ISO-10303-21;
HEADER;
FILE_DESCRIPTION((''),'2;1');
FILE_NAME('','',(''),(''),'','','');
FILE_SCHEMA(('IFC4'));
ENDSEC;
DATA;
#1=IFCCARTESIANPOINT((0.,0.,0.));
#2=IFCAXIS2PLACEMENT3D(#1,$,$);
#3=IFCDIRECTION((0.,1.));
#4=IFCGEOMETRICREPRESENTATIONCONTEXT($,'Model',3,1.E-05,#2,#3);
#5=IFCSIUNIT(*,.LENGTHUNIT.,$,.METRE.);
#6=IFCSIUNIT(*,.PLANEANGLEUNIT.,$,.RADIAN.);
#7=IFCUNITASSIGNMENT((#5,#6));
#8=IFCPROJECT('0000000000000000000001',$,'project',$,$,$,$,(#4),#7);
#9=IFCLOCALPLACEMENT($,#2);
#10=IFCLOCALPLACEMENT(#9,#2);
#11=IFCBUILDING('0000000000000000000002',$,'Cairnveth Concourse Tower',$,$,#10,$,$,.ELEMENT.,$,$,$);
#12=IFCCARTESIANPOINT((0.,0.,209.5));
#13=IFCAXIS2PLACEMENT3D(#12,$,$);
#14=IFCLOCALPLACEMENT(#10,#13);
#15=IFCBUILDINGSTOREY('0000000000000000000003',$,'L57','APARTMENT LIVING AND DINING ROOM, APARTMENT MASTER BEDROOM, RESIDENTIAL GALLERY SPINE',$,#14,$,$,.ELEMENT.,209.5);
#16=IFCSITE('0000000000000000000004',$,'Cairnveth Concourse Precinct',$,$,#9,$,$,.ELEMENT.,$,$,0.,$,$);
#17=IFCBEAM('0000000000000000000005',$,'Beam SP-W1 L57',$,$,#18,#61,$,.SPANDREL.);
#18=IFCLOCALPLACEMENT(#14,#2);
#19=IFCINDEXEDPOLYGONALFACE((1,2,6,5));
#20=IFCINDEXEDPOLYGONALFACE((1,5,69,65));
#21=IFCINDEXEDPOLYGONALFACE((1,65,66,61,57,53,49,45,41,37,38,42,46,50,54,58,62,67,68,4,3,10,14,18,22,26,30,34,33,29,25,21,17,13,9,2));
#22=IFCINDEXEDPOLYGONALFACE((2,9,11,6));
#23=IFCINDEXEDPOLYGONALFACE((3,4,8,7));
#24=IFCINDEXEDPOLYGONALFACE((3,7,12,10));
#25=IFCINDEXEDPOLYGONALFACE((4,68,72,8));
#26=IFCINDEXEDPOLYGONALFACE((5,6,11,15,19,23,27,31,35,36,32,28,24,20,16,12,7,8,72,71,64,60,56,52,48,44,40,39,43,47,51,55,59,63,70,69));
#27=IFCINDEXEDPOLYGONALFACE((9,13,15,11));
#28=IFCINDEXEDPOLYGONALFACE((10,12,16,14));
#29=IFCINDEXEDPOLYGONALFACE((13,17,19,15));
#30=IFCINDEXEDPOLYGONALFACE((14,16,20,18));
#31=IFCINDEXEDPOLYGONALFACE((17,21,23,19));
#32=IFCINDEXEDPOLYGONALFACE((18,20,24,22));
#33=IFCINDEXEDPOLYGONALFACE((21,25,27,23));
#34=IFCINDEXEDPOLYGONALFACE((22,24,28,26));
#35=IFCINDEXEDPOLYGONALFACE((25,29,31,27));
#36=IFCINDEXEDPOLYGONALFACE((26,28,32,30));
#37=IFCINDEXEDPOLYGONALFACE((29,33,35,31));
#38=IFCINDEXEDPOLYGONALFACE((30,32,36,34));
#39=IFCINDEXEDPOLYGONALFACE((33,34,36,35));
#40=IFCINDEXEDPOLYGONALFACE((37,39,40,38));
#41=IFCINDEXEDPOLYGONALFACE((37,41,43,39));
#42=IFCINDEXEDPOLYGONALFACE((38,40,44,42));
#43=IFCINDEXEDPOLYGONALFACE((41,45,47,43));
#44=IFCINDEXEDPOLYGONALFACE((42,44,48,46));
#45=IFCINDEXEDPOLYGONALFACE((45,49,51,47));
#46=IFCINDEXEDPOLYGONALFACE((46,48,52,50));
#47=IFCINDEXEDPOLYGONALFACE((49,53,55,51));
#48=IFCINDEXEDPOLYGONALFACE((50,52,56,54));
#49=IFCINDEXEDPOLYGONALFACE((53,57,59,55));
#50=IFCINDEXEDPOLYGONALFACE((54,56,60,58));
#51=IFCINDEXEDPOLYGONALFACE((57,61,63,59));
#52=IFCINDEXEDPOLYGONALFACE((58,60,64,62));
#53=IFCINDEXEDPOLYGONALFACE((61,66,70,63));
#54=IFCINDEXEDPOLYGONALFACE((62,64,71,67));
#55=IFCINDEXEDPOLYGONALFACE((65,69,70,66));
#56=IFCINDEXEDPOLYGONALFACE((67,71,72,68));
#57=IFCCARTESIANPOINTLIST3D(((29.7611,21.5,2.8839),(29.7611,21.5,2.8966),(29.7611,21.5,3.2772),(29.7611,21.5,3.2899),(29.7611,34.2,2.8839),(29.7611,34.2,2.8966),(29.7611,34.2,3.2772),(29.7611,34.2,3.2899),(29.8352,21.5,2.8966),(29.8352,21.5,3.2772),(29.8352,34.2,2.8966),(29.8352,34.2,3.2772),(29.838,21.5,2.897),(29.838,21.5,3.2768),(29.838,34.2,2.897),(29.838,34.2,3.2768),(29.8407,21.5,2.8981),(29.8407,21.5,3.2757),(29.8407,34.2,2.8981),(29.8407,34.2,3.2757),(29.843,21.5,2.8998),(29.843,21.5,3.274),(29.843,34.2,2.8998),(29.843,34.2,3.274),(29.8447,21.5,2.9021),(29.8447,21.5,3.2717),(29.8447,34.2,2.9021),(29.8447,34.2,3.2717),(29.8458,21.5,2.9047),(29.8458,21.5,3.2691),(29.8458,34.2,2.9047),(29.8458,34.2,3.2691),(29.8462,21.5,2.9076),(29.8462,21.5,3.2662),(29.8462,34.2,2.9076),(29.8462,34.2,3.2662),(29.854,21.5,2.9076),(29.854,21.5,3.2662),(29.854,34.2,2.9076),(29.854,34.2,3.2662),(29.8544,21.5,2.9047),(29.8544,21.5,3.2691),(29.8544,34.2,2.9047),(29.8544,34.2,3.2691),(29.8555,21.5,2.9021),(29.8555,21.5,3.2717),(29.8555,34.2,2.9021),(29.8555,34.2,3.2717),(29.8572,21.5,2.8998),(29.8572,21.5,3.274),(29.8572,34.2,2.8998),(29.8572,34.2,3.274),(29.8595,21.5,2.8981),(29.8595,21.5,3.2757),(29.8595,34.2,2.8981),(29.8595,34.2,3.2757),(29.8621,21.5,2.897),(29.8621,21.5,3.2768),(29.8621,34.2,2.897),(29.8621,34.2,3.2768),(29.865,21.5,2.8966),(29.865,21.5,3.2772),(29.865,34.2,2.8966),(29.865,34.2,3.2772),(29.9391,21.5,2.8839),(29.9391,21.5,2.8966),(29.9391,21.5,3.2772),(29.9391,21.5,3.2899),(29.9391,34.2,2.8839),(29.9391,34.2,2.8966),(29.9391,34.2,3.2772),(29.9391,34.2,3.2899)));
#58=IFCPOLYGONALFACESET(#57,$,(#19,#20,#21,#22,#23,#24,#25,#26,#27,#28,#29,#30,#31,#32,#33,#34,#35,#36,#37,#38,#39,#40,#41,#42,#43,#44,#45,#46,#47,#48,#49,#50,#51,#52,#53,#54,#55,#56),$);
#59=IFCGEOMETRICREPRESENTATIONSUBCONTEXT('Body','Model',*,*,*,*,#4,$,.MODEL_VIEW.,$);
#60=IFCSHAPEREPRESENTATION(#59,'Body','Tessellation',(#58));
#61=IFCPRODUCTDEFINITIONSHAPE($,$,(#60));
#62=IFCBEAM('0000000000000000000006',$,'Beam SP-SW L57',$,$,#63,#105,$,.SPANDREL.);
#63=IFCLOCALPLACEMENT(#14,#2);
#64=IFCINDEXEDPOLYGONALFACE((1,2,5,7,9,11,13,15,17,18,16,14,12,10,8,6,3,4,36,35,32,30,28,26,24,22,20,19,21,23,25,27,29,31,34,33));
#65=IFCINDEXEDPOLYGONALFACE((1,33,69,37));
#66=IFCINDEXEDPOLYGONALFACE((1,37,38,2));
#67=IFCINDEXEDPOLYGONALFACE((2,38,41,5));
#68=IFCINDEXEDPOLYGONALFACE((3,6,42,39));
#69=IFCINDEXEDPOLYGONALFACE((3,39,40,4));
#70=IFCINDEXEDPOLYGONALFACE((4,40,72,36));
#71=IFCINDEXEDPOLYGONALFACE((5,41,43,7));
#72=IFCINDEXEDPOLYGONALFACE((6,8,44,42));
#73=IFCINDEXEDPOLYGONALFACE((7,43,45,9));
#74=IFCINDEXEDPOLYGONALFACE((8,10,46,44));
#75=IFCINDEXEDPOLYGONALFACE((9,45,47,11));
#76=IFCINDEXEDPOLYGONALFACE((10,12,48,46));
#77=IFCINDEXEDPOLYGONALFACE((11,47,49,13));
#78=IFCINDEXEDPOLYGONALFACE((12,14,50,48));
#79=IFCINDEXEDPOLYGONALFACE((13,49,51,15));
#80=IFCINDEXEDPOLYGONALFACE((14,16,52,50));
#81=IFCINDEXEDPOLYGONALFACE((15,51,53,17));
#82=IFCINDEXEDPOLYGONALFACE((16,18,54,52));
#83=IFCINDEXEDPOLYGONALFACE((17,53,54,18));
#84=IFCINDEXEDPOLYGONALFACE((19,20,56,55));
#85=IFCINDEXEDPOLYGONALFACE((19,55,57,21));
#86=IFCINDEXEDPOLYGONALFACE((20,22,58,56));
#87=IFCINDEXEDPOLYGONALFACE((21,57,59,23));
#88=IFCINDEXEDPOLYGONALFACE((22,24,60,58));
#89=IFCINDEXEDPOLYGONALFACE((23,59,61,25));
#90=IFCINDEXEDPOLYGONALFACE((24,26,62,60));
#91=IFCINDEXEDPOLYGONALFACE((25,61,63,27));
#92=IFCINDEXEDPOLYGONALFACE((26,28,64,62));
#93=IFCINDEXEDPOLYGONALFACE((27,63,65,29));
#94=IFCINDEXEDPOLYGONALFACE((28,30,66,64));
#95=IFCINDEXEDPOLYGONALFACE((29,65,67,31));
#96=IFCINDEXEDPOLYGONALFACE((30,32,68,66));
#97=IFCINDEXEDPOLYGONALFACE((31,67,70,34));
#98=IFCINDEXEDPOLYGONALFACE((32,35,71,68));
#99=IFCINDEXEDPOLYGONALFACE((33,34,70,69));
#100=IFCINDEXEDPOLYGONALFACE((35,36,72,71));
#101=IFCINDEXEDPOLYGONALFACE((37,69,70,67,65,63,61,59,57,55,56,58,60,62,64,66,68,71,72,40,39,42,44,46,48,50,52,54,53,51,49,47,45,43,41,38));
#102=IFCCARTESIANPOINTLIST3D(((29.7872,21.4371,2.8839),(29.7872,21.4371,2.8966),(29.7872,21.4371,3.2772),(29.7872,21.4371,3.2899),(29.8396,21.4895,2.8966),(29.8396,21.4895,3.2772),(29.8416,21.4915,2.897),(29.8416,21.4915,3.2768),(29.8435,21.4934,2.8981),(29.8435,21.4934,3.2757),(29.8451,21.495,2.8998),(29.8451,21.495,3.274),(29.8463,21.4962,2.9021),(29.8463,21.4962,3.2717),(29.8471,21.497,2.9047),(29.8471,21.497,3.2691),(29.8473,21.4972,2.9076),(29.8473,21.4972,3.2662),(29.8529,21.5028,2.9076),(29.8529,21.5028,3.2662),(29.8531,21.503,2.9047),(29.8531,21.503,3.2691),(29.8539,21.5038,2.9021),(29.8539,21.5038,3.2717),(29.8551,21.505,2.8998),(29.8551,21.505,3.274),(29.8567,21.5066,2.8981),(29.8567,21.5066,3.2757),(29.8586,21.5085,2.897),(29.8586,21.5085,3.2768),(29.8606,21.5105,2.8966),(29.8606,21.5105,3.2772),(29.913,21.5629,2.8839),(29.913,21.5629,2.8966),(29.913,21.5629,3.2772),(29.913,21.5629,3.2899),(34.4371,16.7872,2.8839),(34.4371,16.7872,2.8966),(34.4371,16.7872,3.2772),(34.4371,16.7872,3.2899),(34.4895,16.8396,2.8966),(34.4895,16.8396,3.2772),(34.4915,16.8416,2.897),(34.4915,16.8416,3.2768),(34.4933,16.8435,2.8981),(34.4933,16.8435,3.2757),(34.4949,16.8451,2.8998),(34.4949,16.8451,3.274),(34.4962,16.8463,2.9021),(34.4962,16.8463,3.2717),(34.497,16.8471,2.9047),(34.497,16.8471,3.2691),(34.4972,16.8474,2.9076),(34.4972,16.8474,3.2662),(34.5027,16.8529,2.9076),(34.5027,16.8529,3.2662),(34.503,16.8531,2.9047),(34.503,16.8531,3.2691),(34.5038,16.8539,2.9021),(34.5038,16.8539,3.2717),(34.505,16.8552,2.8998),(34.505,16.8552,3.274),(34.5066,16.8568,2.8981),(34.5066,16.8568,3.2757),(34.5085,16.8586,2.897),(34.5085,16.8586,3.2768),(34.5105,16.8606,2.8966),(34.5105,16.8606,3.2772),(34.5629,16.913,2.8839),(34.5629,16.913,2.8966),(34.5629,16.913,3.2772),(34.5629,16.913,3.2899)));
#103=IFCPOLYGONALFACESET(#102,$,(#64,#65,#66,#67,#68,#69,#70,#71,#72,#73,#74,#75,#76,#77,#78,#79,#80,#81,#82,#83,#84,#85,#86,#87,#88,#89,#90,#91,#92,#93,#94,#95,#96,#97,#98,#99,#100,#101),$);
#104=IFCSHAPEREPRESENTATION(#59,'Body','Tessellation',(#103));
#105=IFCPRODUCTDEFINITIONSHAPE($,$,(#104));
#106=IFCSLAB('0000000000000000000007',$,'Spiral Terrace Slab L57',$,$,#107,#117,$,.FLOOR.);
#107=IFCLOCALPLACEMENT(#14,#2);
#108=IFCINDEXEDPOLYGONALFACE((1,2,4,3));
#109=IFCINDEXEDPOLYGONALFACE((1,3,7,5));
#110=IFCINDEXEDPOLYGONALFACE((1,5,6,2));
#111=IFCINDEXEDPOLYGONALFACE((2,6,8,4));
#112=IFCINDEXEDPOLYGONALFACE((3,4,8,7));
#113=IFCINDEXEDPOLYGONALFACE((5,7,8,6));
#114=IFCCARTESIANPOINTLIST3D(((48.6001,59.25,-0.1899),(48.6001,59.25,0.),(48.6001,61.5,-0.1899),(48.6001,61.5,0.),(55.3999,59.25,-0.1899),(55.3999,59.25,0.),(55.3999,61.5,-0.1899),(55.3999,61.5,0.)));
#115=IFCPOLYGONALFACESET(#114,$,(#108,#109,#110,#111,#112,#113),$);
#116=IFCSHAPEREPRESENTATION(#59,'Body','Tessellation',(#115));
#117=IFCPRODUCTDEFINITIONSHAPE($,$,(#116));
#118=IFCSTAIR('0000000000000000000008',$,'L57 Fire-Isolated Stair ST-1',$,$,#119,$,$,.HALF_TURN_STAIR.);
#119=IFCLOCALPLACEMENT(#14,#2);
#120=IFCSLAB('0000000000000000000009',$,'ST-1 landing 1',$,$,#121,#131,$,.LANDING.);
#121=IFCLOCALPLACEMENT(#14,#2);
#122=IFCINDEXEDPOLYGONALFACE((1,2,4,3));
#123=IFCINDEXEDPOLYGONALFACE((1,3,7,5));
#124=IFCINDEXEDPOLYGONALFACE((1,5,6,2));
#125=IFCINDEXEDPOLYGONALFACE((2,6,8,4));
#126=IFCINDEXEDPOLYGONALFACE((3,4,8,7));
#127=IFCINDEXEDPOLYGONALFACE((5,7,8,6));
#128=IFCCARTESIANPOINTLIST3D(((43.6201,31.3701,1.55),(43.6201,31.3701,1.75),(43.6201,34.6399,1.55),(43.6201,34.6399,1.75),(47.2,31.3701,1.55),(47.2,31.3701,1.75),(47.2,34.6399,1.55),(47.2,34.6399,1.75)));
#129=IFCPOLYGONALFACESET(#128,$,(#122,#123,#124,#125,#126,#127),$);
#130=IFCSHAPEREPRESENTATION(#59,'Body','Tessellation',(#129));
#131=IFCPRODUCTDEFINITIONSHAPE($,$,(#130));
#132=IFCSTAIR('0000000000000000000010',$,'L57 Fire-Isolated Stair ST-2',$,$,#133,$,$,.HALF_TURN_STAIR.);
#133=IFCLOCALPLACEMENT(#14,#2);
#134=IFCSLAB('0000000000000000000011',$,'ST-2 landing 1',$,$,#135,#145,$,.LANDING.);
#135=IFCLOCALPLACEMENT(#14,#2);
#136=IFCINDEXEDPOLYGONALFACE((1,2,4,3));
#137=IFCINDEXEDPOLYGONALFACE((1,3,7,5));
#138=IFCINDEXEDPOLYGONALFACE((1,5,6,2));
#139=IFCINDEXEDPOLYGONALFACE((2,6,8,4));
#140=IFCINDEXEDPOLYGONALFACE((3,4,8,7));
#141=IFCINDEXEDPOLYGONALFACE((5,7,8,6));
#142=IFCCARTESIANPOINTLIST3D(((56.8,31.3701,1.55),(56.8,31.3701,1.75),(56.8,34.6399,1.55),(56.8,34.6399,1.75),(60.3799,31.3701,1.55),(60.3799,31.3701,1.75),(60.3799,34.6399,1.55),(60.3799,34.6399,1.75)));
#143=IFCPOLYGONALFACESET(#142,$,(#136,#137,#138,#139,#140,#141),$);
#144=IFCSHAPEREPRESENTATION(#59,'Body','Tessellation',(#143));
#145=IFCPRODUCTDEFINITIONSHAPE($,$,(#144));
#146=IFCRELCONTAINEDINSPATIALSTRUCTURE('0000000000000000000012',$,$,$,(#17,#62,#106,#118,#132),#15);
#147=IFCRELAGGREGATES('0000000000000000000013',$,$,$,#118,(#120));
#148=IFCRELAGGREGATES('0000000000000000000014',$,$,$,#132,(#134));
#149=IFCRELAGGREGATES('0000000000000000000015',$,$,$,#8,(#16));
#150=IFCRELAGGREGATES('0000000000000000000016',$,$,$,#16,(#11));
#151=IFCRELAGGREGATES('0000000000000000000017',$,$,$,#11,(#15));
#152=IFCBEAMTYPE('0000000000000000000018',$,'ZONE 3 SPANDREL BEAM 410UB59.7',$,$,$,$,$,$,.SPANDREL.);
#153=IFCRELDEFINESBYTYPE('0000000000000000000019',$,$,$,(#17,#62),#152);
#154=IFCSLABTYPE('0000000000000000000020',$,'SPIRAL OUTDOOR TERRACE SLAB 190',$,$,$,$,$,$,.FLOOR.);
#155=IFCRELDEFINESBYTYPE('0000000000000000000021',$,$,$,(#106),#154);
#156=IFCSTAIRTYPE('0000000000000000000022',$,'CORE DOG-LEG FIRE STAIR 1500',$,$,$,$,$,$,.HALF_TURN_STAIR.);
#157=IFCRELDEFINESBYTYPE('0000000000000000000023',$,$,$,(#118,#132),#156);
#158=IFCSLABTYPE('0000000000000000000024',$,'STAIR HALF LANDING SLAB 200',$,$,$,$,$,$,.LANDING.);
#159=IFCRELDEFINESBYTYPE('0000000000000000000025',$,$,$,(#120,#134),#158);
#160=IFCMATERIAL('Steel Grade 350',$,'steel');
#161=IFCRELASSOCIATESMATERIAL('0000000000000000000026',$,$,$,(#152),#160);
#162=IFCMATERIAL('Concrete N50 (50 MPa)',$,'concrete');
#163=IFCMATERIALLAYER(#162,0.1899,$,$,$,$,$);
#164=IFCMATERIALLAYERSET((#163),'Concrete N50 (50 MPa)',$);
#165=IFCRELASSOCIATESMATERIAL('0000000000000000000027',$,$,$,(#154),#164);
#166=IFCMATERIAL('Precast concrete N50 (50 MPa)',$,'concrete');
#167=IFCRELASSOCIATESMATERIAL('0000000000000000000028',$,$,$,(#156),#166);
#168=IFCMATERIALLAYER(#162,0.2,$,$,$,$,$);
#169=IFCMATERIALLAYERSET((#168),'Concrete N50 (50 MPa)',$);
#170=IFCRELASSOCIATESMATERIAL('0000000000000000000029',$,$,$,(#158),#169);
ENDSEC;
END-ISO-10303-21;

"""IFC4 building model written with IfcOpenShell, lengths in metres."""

from ifc_helpers import new_model, si_unit, direction, frame, origin, origin_2d, place, context, subcontext, project, spatial, polyline, i_section, outline, extrude, material, layer, layer_set, material_profile, profile_set, type_object, element, aggregate, save


model = new_model("IFC4")

# Units and contexts
model_context = context("Model", 3, precision=1e-05, world=origin(), true_north=direction((0.0, 1.0)))
body_context = subcontext(model_context, "Body", "Model", "MODEL_VIEW")
ifc_project = project(units=[si_unit("LENGTHUNIT", "METRE"), si_unit("PLANEANGLEUNIT", "RADIAN")], contexts=[model_context])

# Site, building, storey
site_placement = place(None, origin())
site = spatial("IfcSite", under=ifc_project, at=site_placement, Name="Cairnveth Concourse Precinct", CompositionType="ELEMENT", RefElevation=0.0)
building_placement = place(site_placement, origin())
building = spatial("IfcBuilding", under=site, at=building_placement, Name="Cairnveth Concourse Tower", CompositionType="ELEMENT")
storey_placement = place(building_placement, frame((0.0, 0.0, 209.5)))
storey = spatial("IfcBuildingStorey", under=building, at=storey_placement, Name="L57", Description="APARTMENT LIVING AND DINING ROOM, APARTMENT MASTER BEDROOM, RESIDENTIAL GALLERY SPINE", CompositionType="ELEMENT", Elevation=209.5)

# Shared definitions
ifc_material_1 = material(Name="Steel Grade 350", Category="steel")

# Beams
ifc_material_profile_1 = material_profile(ifc_material_1, i_section(OverallWidth=0.178, OverallDepth=0.406, WebThickness=0.0078, FlangeThickness=0.0127, FilletRadius=0.011, at=origin_2d()), Name="410UB59.7")
ifc_profile_set_1 = profile_set([ifc_material_profile_1], Name="Steel Grade 350")
beam_type_1 = type_object("IfcBeamType", Name="ZONE 3 SPANDREL BEAM 410UB59.7", PredefinedType="SPANDREL", material=ifc_profile_set_1)
beam_1_placement = place(storey_placement, frame((29.8501, 21.5, 3.0869), z_axis=(0.0, 1.0, 0.0), x_axis=(-1.0, 0.0, 0.0)))
element("IfcBeam", 1, at=beam_1_placement, inside=storey, type_object=beam_type_1, Name="Beam SP-W1 L57", PredefinedType="SPANDREL", context=body_context, shape_type="SweptSolid", body=[
    extrude(i_section(OverallWidth=0.178, OverallDepth=0.406, WebThickness=0.0078, FlangeThickness=0.0127, FilletRadius=0.011, at=origin_2d()), origin(), (0.0, 0.0, 1.0), 12.7),
])
beam_2_placement = place(storey_placement, frame((29.8501, 21.5, 3.0869), z_axis=(0.707107, -0.707107, 0.0), x_axis=(0.707107, 0.707107, 0.0)))
element("IfcBeam", 2, at=beam_2_placement, inside=storey, type_object=beam_type_1, Name="Beam SP-SW L57", PredefinedType="SPANDREL", context=body_context, shape_type="SweptSolid", body=[
    extrude(i_section(OverallWidth=0.178, OverallDepth=0.406, WebThickness=0.0078, FlangeThickness=0.0127, FilletRadius=0.011, at=origin_2d()), origin(), (0.0, 0.0, 1.0), 6.5759),
])

# Slab
ifc_material_2 = material(Name="Concrete N50 (50 MPa)", Category="concrete")
ifc_layer_1 = layer(ifc_material_2, 0.1899)
ifc_layer_set_1 = layer_set([ifc_layer_1], Name="Concrete N50 (50 MPa)")
slab_type_1 = type_object("IfcSlabType", Name="SPIRAL OUTDOOR TERRACE SLAB 190", PredefinedType="FLOOR", material=ifc_layer_set_1)
slab_1_placement = place(storey_placement, frame((0.0, 0.0, -0.1899)))
element("IfcSlab", 3, at=slab_1_placement, inside=storey, type_object=slab_type_1, Name="Spiral Terrace Slab L57", PredefinedType="FLOOR", context=body_context, shape_type="SweptSolid", body=[
    extrude(outline(polyline([(48.6001, 59.25), (55.3999, 59.25), (55.3999, 61.5), (48.6001, 61.5), (48.6001, 59.25)])), origin(), (0.0, 0.0, 1.0), 0.1899),
])

# Stairs, slabs
ifc_material_3 = material(Name="Precast concrete N50 (50 MPa)", Category="concrete")
stair_type = type_object("IfcStairType", Name="CORE DOG-LEG FIRE STAIR 1500", PredefinedType="HALF_TURN_STAIR", material=ifc_material_3)
stair_1_placement = place(storey_placement, origin())
stair_1 = element("IfcStair", 4, at=stair_1_placement, inside=storey, type_object=stair_type, Name="L57 Fire-Isolated Stair ST-1", PredefinedType="HALF_TURN_STAIR")
ifc_layer_2 = layer(ifc_material_2, 0.2)
ifc_layer_set_2 = layer_set([ifc_layer_2], Name="Concrete N50 (50 MPa)")
slab_type_2 = type_object("IfcSlabType", Name="STAIR HALF LANDING SLAB 200", PredefinedType="LANDING", material=ifc_layer_set_2)
slab_2_placement = place(storey_placement, frame((0.0, 0.0, 1.55)))
slab_2 = element("IfcSlab", 5, at=slab_2_placement, type_object=slab_type_2, Name="ST-1 landing 1", PredefinedType="LANDING", context=body_context, shape_type="SweptSolid", body=[
    extrude(outline(polyline([(43.6201, 34.6399), (43.6201, 31.3701), (47.2, 31.3701), (47.2, 34.6399), (43.6201, 34.6399)])), origin(), (0.0, 0.0, 1.0), 0.2),
])
aggregate(stair_1, [slab_2])
stair_2_placement = place(storey_placement, origin())
stair_2 = element("IfcStair", 6, at=stair_2_placement, inside=storey, type_object=stair_type, Name="L57 Fire-Isolated Stair ST-2", PredefinedType="HALF_TURN_STAIR")
slab_3_placement = place(storey_placement, frame((0.0, 0.0, 1.55)))
slab_3 = element("IfcSlab", 7, at=slab_3_placement, type_object=slab_type_2, Name="ST-2 landing 1", PredefinedType="LANDING", context=body_context, shape_type="SweptSolid", body=[
    extrude(outline(polyline([(56.8, 34.6399), (56.8, 31.3701), (60.3799, 31.3701), (60.3799, 34.6399), (56.8, 34.6399)])), origin(), (0.0, 0.0, 1.0), 0.2),
])
aggregate(stair_2, [slab_3])

save(model, "model.ifc")
